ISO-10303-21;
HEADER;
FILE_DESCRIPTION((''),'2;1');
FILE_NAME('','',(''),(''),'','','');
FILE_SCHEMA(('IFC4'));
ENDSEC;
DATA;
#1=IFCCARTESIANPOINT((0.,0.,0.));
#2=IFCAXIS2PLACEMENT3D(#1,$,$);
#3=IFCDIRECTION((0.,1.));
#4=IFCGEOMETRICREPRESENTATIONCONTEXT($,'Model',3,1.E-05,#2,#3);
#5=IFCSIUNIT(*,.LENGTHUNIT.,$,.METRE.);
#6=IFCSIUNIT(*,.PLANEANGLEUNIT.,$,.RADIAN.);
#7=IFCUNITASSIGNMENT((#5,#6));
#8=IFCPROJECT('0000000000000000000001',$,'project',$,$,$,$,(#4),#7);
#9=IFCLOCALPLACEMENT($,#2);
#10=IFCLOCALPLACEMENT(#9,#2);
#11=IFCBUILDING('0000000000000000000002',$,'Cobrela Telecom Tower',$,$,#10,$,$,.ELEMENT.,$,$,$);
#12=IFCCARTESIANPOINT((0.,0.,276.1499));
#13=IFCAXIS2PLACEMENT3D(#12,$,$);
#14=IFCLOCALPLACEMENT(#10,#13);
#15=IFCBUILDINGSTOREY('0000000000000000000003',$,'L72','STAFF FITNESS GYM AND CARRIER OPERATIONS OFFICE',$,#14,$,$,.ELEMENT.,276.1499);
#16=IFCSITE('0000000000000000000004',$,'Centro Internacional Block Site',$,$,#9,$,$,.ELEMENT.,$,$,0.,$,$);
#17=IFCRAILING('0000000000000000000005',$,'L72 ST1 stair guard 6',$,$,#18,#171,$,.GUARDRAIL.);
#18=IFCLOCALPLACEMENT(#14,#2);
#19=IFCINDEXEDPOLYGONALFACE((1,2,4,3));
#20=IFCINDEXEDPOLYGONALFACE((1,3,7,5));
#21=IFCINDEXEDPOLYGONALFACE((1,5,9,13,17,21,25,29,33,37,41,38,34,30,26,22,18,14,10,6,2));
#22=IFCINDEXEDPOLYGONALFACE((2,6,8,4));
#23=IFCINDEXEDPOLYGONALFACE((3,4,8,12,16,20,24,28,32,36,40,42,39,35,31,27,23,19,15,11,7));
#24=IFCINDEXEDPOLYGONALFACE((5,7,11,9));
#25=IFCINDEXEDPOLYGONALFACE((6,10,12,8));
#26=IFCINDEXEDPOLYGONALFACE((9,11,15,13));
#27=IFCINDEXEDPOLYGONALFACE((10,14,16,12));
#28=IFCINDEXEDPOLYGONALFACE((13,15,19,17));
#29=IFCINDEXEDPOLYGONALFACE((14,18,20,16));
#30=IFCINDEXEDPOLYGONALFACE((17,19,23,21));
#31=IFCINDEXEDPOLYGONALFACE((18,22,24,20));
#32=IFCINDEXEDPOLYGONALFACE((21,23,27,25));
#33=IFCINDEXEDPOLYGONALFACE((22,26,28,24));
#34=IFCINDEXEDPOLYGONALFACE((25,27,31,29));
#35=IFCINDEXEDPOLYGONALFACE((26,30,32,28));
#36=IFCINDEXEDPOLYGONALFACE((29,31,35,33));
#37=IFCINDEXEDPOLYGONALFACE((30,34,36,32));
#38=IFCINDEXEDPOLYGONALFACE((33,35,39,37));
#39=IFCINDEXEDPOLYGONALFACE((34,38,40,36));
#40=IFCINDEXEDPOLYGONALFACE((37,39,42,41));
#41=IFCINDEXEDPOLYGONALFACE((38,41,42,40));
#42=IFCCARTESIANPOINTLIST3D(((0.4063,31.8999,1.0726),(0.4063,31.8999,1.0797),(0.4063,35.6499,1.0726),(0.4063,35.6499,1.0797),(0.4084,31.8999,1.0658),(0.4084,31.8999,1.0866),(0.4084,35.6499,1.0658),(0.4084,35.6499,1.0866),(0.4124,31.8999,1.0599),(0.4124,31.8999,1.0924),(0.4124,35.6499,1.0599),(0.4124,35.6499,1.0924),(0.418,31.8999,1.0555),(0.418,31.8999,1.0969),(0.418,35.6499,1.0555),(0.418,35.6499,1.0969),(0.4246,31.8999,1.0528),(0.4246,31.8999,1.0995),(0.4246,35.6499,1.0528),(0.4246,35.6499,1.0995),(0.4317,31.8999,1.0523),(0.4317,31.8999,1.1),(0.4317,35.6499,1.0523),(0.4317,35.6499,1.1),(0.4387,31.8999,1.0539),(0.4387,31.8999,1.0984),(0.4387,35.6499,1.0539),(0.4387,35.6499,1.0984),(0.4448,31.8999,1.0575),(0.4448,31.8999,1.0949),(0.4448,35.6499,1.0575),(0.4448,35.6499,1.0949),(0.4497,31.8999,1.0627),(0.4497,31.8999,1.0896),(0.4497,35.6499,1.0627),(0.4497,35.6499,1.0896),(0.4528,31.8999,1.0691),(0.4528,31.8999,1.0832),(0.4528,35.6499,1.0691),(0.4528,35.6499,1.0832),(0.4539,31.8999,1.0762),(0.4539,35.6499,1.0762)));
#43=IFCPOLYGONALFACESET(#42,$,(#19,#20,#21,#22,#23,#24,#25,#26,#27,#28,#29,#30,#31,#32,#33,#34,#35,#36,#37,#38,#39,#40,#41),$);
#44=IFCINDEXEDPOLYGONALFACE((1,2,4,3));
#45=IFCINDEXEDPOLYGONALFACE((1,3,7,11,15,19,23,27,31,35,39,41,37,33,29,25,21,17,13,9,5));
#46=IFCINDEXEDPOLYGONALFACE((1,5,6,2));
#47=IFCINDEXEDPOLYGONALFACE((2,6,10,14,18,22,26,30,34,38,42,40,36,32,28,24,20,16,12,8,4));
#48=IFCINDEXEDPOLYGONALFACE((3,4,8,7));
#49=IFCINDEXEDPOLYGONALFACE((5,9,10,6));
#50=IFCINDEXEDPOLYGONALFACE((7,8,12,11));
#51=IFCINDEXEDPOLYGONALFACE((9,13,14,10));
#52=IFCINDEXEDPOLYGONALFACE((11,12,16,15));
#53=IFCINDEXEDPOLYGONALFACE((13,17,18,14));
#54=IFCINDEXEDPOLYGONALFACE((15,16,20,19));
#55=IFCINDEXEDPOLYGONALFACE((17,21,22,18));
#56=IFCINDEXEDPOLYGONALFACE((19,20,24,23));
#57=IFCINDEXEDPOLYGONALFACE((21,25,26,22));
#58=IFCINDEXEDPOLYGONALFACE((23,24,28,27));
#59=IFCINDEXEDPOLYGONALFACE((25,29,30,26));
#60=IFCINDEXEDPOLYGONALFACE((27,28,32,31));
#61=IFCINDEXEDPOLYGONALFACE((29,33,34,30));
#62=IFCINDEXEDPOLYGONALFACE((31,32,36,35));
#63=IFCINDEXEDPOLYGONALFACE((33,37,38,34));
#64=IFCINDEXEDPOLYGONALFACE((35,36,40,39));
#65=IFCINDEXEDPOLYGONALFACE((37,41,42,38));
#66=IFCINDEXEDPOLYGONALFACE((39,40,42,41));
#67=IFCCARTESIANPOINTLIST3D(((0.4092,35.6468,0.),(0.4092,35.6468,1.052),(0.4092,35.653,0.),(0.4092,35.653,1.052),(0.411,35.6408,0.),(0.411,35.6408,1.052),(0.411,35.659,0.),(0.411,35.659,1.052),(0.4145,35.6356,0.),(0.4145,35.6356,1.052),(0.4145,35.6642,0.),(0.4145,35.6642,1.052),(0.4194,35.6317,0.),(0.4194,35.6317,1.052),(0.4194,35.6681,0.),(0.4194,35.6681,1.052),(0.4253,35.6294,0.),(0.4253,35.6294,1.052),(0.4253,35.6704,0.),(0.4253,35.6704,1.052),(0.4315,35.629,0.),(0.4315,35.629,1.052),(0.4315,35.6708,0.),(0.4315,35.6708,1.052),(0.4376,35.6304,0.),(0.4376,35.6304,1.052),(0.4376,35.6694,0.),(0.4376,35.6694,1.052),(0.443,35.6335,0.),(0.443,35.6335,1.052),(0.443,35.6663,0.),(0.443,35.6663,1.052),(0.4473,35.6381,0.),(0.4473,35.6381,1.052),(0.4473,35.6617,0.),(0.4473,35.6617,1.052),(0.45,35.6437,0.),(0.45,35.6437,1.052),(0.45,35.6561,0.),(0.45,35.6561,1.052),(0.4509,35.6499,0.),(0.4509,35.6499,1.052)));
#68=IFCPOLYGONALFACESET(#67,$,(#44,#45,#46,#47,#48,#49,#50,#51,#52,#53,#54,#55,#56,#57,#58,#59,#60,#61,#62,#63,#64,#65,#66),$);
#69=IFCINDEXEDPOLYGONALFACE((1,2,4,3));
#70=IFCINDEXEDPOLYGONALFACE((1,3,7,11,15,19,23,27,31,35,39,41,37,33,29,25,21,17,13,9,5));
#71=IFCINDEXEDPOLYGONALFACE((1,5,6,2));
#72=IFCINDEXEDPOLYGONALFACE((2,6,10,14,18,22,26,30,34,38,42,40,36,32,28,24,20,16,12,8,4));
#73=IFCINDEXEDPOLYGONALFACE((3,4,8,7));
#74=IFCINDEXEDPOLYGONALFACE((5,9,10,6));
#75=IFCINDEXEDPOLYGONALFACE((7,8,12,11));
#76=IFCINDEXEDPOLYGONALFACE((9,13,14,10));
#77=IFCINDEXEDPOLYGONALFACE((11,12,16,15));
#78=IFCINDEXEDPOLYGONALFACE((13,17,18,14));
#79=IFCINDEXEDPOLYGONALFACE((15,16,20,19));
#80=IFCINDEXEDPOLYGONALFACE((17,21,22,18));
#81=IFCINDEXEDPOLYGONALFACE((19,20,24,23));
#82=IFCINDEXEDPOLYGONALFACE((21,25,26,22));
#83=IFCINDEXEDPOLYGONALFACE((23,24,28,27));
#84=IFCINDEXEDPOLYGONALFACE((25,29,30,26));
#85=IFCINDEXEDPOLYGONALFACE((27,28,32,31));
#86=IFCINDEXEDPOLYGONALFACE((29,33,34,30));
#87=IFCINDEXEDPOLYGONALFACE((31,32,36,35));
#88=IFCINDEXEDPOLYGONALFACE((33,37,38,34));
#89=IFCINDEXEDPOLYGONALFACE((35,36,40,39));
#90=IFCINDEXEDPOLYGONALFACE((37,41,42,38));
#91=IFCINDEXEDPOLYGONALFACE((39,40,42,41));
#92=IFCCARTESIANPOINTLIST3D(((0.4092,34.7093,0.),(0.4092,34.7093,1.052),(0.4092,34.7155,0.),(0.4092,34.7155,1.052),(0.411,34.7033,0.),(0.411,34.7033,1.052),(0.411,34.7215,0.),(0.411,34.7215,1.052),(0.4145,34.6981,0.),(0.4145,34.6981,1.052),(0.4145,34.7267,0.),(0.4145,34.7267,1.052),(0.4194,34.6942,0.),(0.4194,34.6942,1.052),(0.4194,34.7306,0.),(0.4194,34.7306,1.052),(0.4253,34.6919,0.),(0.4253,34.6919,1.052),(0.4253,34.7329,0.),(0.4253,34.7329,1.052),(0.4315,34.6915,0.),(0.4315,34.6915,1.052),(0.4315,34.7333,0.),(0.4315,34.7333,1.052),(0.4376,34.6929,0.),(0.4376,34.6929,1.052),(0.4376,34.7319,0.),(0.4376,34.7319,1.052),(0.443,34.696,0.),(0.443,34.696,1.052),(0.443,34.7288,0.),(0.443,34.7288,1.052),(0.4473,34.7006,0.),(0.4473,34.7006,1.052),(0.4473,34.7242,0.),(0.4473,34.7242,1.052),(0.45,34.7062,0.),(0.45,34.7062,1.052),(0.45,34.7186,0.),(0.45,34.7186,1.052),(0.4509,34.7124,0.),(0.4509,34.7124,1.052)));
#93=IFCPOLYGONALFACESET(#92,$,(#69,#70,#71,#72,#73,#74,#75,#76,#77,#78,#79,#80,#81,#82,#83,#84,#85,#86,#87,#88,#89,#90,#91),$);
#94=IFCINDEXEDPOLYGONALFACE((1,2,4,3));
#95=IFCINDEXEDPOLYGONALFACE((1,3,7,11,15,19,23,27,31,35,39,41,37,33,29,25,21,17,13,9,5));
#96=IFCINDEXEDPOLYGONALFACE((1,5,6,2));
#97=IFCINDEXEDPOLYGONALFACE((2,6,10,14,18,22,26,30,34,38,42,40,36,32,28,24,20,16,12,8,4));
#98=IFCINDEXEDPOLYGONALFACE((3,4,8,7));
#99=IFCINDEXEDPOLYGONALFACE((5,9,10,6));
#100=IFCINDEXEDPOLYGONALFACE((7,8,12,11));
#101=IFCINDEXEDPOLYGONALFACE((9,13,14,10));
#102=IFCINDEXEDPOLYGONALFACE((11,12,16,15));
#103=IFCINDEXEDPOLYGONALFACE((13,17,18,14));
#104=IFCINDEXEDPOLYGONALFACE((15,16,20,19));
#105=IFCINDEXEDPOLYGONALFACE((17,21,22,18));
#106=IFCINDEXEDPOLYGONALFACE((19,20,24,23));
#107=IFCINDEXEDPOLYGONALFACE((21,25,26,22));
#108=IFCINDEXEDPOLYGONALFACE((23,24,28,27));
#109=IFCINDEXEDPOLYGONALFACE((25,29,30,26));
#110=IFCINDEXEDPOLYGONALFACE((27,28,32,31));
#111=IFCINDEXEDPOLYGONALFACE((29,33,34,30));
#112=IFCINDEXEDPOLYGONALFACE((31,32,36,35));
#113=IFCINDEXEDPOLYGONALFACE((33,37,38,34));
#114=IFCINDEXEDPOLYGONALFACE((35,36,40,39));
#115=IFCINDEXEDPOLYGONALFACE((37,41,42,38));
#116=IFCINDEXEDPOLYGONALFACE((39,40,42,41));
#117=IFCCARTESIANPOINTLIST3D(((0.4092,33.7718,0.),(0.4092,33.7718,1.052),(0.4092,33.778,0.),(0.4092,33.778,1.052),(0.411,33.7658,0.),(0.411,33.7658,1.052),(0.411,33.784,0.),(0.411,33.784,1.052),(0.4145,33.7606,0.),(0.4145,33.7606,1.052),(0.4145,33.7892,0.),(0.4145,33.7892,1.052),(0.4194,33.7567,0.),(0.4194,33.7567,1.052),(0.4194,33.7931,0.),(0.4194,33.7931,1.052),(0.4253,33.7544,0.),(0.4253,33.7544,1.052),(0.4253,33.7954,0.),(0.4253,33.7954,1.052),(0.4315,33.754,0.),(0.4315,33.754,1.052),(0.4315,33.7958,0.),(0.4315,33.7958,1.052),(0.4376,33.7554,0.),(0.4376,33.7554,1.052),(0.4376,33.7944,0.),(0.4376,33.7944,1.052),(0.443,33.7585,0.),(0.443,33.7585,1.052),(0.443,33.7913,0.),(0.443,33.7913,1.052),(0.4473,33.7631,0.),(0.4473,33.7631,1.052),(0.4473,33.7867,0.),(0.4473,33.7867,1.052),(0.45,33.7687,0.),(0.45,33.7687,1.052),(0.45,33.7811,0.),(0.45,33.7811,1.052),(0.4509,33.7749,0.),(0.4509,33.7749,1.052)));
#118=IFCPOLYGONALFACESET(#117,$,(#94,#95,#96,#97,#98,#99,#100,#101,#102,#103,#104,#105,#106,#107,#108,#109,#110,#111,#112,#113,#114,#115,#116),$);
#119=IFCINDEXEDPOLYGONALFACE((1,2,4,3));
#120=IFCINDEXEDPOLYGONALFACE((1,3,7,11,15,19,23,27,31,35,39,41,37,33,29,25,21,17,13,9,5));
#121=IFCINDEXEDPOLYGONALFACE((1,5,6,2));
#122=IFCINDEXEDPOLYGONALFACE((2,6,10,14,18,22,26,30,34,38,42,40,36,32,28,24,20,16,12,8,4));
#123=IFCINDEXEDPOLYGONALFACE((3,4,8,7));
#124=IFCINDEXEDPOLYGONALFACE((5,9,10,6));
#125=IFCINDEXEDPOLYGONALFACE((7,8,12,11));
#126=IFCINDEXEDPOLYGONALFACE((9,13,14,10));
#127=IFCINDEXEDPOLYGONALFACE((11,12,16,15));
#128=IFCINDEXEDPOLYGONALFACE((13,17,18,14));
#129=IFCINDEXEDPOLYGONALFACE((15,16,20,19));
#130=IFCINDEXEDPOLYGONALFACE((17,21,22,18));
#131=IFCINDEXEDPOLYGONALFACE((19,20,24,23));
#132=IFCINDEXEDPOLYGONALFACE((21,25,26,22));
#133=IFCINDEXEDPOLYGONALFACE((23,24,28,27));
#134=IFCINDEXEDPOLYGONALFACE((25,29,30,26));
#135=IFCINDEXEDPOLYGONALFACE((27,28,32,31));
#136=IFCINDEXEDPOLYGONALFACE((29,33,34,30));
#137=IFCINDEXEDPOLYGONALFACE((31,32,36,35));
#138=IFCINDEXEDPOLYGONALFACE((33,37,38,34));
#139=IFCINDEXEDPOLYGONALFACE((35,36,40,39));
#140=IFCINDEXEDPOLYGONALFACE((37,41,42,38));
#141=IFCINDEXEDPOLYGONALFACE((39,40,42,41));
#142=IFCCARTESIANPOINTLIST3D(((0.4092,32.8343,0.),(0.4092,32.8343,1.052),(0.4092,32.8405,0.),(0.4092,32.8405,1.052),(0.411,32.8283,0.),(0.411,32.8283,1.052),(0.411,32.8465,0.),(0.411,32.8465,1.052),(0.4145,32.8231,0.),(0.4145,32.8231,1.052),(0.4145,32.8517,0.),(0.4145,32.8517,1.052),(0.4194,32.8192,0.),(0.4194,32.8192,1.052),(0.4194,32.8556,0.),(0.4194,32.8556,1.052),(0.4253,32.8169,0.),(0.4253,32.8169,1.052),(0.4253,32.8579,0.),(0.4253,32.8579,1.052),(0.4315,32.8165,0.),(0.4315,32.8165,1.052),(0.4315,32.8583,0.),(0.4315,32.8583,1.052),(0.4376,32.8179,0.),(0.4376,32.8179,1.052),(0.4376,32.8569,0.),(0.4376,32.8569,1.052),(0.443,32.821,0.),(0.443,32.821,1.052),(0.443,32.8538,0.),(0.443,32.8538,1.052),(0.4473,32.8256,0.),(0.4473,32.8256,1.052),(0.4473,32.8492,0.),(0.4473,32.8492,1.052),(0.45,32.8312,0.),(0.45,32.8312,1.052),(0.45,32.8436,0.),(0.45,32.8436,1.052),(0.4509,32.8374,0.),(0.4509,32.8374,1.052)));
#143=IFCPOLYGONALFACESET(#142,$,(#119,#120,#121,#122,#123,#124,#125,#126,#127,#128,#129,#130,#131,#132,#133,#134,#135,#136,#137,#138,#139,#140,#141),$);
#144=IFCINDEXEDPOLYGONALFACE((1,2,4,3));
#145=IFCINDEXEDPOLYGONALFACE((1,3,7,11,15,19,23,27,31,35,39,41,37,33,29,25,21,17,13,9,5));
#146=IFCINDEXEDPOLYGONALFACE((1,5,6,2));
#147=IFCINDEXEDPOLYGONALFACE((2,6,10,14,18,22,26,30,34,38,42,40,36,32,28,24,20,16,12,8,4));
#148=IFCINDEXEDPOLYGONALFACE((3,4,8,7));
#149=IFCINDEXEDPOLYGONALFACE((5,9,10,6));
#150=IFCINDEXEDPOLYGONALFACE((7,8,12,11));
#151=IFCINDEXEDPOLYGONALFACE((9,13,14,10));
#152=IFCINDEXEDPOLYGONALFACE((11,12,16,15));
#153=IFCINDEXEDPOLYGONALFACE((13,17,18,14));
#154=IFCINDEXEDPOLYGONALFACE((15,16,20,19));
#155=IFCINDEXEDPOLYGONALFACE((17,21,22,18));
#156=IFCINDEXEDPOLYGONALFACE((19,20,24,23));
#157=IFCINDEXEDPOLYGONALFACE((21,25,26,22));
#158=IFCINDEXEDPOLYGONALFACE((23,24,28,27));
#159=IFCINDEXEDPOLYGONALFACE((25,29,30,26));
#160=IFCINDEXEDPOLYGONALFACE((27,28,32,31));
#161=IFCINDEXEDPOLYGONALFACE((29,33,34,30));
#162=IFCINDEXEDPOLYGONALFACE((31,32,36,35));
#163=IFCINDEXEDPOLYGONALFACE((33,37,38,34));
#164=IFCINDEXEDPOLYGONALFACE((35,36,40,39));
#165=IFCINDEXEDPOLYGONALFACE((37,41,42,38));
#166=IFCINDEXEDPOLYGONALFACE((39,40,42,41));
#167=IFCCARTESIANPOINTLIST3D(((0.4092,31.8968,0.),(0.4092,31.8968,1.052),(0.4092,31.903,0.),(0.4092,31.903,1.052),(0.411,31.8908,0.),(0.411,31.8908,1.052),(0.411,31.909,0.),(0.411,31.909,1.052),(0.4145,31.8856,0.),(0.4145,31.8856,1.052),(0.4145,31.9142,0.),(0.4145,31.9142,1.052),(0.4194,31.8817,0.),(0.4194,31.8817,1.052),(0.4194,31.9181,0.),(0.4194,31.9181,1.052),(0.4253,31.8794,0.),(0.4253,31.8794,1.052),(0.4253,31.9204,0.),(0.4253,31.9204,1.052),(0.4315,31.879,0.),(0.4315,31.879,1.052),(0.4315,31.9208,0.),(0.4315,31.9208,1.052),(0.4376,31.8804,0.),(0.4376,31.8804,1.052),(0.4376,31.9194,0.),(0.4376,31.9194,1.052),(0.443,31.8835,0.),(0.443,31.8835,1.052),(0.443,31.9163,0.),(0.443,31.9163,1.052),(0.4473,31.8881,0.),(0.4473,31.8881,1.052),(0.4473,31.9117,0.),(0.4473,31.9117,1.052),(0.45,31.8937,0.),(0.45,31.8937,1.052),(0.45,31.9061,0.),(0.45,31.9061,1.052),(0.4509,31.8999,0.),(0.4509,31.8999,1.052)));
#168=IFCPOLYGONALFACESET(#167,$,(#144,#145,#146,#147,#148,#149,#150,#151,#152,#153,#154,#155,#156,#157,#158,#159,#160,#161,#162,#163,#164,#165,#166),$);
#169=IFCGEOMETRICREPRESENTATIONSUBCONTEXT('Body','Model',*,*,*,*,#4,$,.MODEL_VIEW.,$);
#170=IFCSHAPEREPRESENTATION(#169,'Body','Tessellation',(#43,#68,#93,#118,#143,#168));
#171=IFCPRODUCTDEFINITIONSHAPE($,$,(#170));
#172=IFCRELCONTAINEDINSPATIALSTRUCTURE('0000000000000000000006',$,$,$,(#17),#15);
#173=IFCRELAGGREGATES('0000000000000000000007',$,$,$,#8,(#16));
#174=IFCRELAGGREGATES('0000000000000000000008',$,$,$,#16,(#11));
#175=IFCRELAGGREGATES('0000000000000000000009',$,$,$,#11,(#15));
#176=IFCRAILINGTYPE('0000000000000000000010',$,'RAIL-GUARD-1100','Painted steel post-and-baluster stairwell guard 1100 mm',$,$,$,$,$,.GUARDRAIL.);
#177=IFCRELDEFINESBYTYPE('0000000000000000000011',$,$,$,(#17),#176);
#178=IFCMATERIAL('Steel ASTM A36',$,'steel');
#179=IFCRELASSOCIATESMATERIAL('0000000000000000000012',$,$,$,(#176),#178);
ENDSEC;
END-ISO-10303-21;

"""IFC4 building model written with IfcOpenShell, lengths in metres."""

from ifc_helpers import new_model, si_unit, direction, frame, origin, origin_2d, place, context, subcontext, project, spatial, circle, extrude, material, type_object, element, save


model = new_model("IFC4")

# Units and contexts
model_context = context("Model", 3, precision=1e-05, world=origin(), true_north=direction((0.0, 1.0)))
body_context = subcontext(model_context, "Body", "Model", "MODEL_VIEW")
ifc_project = project(units=[si_unit("LENGTHUNIT", "METRE"), si_unit("PLANEANGLEUNIT", "RADIAN")], contexts=[model_context])

# Site, building, storey
site_placement = place(None, origin())
site = spatial("IfcSite", under=ifc_project, at=site_placement, Name="Centro Internacional Block Site", CompositionType="ELEMENT", RefElevation=0.0)
building_placement = place(site_placement, origin())
building = spatial("IfcBuilding", under=site, at=building_placement, Name="Cobrela Telecom Tower", CompositionType="ELEMENT")
storey_placement = place(building_placement, frame((0.0, 0.0, 276.1499)))
storey = spatial("IfcBuildingStorey", under=building, at=storey_placement, Name="L72", Description="STAFF FITNESS GYM AND CARRIER OPERATIONS OFFICE", CompositionType="ELEMENT", Elevation=276.1499)

# Shared definitions
ifc_material_1 = material(Name="Steel ASTM A36", Category="steel")

# Railing
railing_type_1 = type_object("IfcRailingType", Name="RAIL-GUARD-1100", Description="Painted steel post-and-baluster stairwell guard 1100 mm", PredefinedType="GUARDRAIL", material=ifc_material_1)
railing_1_placement = place(storey_placement, frame((0.4299, 35.6499, 0.0)))
element("IfcRailing", 1, at=railing_1_placement, inside=storey, type_object=railing_type_1, Name="L72 ST1 stair guard 6", PredefinedType="GUARDRAIL", context=body_context, shape_type="SweptSolid", body=[
    extrude(circle(Radius=0.0239, at=origin_2d()), frame((0.0, 0.0, 1.0762), z_axis=(0.0, -1.0, 0.0), x_axis=(1.0, 0.0, 0.0)), (0.0, 0.0, 1.0), 3.75),
    extrude(circle(Radius=0.021, at=origin_2d()), origin(), (0.0, 0.0, 1.0), 1.052),
    extrude(circle(Radius=0.021, at=origin_2d()), frame((0.0, -0.9375, 0.0)), (0.0, 0.0, 1.0), 1.052),
    extrude(circle(Radius=0.021, at=origin_2d()), frame((0.0, -1.875, 0.0)), (0.0, 0.0, 1.0), 1.052),
    extrude(circle(Radius=0.021, at=origin_2d()), frame((0.0, -2.8125, 0.0)), (0.0, 0.0, 1.0), 1.052),
    extrude(circle(Radius=0.021, at=origin_2d()), frame((0.0, -3.75, 0.0)), (0.0, 0.0, 1.0), 1.052),
])

save(model, "model.ifc")
